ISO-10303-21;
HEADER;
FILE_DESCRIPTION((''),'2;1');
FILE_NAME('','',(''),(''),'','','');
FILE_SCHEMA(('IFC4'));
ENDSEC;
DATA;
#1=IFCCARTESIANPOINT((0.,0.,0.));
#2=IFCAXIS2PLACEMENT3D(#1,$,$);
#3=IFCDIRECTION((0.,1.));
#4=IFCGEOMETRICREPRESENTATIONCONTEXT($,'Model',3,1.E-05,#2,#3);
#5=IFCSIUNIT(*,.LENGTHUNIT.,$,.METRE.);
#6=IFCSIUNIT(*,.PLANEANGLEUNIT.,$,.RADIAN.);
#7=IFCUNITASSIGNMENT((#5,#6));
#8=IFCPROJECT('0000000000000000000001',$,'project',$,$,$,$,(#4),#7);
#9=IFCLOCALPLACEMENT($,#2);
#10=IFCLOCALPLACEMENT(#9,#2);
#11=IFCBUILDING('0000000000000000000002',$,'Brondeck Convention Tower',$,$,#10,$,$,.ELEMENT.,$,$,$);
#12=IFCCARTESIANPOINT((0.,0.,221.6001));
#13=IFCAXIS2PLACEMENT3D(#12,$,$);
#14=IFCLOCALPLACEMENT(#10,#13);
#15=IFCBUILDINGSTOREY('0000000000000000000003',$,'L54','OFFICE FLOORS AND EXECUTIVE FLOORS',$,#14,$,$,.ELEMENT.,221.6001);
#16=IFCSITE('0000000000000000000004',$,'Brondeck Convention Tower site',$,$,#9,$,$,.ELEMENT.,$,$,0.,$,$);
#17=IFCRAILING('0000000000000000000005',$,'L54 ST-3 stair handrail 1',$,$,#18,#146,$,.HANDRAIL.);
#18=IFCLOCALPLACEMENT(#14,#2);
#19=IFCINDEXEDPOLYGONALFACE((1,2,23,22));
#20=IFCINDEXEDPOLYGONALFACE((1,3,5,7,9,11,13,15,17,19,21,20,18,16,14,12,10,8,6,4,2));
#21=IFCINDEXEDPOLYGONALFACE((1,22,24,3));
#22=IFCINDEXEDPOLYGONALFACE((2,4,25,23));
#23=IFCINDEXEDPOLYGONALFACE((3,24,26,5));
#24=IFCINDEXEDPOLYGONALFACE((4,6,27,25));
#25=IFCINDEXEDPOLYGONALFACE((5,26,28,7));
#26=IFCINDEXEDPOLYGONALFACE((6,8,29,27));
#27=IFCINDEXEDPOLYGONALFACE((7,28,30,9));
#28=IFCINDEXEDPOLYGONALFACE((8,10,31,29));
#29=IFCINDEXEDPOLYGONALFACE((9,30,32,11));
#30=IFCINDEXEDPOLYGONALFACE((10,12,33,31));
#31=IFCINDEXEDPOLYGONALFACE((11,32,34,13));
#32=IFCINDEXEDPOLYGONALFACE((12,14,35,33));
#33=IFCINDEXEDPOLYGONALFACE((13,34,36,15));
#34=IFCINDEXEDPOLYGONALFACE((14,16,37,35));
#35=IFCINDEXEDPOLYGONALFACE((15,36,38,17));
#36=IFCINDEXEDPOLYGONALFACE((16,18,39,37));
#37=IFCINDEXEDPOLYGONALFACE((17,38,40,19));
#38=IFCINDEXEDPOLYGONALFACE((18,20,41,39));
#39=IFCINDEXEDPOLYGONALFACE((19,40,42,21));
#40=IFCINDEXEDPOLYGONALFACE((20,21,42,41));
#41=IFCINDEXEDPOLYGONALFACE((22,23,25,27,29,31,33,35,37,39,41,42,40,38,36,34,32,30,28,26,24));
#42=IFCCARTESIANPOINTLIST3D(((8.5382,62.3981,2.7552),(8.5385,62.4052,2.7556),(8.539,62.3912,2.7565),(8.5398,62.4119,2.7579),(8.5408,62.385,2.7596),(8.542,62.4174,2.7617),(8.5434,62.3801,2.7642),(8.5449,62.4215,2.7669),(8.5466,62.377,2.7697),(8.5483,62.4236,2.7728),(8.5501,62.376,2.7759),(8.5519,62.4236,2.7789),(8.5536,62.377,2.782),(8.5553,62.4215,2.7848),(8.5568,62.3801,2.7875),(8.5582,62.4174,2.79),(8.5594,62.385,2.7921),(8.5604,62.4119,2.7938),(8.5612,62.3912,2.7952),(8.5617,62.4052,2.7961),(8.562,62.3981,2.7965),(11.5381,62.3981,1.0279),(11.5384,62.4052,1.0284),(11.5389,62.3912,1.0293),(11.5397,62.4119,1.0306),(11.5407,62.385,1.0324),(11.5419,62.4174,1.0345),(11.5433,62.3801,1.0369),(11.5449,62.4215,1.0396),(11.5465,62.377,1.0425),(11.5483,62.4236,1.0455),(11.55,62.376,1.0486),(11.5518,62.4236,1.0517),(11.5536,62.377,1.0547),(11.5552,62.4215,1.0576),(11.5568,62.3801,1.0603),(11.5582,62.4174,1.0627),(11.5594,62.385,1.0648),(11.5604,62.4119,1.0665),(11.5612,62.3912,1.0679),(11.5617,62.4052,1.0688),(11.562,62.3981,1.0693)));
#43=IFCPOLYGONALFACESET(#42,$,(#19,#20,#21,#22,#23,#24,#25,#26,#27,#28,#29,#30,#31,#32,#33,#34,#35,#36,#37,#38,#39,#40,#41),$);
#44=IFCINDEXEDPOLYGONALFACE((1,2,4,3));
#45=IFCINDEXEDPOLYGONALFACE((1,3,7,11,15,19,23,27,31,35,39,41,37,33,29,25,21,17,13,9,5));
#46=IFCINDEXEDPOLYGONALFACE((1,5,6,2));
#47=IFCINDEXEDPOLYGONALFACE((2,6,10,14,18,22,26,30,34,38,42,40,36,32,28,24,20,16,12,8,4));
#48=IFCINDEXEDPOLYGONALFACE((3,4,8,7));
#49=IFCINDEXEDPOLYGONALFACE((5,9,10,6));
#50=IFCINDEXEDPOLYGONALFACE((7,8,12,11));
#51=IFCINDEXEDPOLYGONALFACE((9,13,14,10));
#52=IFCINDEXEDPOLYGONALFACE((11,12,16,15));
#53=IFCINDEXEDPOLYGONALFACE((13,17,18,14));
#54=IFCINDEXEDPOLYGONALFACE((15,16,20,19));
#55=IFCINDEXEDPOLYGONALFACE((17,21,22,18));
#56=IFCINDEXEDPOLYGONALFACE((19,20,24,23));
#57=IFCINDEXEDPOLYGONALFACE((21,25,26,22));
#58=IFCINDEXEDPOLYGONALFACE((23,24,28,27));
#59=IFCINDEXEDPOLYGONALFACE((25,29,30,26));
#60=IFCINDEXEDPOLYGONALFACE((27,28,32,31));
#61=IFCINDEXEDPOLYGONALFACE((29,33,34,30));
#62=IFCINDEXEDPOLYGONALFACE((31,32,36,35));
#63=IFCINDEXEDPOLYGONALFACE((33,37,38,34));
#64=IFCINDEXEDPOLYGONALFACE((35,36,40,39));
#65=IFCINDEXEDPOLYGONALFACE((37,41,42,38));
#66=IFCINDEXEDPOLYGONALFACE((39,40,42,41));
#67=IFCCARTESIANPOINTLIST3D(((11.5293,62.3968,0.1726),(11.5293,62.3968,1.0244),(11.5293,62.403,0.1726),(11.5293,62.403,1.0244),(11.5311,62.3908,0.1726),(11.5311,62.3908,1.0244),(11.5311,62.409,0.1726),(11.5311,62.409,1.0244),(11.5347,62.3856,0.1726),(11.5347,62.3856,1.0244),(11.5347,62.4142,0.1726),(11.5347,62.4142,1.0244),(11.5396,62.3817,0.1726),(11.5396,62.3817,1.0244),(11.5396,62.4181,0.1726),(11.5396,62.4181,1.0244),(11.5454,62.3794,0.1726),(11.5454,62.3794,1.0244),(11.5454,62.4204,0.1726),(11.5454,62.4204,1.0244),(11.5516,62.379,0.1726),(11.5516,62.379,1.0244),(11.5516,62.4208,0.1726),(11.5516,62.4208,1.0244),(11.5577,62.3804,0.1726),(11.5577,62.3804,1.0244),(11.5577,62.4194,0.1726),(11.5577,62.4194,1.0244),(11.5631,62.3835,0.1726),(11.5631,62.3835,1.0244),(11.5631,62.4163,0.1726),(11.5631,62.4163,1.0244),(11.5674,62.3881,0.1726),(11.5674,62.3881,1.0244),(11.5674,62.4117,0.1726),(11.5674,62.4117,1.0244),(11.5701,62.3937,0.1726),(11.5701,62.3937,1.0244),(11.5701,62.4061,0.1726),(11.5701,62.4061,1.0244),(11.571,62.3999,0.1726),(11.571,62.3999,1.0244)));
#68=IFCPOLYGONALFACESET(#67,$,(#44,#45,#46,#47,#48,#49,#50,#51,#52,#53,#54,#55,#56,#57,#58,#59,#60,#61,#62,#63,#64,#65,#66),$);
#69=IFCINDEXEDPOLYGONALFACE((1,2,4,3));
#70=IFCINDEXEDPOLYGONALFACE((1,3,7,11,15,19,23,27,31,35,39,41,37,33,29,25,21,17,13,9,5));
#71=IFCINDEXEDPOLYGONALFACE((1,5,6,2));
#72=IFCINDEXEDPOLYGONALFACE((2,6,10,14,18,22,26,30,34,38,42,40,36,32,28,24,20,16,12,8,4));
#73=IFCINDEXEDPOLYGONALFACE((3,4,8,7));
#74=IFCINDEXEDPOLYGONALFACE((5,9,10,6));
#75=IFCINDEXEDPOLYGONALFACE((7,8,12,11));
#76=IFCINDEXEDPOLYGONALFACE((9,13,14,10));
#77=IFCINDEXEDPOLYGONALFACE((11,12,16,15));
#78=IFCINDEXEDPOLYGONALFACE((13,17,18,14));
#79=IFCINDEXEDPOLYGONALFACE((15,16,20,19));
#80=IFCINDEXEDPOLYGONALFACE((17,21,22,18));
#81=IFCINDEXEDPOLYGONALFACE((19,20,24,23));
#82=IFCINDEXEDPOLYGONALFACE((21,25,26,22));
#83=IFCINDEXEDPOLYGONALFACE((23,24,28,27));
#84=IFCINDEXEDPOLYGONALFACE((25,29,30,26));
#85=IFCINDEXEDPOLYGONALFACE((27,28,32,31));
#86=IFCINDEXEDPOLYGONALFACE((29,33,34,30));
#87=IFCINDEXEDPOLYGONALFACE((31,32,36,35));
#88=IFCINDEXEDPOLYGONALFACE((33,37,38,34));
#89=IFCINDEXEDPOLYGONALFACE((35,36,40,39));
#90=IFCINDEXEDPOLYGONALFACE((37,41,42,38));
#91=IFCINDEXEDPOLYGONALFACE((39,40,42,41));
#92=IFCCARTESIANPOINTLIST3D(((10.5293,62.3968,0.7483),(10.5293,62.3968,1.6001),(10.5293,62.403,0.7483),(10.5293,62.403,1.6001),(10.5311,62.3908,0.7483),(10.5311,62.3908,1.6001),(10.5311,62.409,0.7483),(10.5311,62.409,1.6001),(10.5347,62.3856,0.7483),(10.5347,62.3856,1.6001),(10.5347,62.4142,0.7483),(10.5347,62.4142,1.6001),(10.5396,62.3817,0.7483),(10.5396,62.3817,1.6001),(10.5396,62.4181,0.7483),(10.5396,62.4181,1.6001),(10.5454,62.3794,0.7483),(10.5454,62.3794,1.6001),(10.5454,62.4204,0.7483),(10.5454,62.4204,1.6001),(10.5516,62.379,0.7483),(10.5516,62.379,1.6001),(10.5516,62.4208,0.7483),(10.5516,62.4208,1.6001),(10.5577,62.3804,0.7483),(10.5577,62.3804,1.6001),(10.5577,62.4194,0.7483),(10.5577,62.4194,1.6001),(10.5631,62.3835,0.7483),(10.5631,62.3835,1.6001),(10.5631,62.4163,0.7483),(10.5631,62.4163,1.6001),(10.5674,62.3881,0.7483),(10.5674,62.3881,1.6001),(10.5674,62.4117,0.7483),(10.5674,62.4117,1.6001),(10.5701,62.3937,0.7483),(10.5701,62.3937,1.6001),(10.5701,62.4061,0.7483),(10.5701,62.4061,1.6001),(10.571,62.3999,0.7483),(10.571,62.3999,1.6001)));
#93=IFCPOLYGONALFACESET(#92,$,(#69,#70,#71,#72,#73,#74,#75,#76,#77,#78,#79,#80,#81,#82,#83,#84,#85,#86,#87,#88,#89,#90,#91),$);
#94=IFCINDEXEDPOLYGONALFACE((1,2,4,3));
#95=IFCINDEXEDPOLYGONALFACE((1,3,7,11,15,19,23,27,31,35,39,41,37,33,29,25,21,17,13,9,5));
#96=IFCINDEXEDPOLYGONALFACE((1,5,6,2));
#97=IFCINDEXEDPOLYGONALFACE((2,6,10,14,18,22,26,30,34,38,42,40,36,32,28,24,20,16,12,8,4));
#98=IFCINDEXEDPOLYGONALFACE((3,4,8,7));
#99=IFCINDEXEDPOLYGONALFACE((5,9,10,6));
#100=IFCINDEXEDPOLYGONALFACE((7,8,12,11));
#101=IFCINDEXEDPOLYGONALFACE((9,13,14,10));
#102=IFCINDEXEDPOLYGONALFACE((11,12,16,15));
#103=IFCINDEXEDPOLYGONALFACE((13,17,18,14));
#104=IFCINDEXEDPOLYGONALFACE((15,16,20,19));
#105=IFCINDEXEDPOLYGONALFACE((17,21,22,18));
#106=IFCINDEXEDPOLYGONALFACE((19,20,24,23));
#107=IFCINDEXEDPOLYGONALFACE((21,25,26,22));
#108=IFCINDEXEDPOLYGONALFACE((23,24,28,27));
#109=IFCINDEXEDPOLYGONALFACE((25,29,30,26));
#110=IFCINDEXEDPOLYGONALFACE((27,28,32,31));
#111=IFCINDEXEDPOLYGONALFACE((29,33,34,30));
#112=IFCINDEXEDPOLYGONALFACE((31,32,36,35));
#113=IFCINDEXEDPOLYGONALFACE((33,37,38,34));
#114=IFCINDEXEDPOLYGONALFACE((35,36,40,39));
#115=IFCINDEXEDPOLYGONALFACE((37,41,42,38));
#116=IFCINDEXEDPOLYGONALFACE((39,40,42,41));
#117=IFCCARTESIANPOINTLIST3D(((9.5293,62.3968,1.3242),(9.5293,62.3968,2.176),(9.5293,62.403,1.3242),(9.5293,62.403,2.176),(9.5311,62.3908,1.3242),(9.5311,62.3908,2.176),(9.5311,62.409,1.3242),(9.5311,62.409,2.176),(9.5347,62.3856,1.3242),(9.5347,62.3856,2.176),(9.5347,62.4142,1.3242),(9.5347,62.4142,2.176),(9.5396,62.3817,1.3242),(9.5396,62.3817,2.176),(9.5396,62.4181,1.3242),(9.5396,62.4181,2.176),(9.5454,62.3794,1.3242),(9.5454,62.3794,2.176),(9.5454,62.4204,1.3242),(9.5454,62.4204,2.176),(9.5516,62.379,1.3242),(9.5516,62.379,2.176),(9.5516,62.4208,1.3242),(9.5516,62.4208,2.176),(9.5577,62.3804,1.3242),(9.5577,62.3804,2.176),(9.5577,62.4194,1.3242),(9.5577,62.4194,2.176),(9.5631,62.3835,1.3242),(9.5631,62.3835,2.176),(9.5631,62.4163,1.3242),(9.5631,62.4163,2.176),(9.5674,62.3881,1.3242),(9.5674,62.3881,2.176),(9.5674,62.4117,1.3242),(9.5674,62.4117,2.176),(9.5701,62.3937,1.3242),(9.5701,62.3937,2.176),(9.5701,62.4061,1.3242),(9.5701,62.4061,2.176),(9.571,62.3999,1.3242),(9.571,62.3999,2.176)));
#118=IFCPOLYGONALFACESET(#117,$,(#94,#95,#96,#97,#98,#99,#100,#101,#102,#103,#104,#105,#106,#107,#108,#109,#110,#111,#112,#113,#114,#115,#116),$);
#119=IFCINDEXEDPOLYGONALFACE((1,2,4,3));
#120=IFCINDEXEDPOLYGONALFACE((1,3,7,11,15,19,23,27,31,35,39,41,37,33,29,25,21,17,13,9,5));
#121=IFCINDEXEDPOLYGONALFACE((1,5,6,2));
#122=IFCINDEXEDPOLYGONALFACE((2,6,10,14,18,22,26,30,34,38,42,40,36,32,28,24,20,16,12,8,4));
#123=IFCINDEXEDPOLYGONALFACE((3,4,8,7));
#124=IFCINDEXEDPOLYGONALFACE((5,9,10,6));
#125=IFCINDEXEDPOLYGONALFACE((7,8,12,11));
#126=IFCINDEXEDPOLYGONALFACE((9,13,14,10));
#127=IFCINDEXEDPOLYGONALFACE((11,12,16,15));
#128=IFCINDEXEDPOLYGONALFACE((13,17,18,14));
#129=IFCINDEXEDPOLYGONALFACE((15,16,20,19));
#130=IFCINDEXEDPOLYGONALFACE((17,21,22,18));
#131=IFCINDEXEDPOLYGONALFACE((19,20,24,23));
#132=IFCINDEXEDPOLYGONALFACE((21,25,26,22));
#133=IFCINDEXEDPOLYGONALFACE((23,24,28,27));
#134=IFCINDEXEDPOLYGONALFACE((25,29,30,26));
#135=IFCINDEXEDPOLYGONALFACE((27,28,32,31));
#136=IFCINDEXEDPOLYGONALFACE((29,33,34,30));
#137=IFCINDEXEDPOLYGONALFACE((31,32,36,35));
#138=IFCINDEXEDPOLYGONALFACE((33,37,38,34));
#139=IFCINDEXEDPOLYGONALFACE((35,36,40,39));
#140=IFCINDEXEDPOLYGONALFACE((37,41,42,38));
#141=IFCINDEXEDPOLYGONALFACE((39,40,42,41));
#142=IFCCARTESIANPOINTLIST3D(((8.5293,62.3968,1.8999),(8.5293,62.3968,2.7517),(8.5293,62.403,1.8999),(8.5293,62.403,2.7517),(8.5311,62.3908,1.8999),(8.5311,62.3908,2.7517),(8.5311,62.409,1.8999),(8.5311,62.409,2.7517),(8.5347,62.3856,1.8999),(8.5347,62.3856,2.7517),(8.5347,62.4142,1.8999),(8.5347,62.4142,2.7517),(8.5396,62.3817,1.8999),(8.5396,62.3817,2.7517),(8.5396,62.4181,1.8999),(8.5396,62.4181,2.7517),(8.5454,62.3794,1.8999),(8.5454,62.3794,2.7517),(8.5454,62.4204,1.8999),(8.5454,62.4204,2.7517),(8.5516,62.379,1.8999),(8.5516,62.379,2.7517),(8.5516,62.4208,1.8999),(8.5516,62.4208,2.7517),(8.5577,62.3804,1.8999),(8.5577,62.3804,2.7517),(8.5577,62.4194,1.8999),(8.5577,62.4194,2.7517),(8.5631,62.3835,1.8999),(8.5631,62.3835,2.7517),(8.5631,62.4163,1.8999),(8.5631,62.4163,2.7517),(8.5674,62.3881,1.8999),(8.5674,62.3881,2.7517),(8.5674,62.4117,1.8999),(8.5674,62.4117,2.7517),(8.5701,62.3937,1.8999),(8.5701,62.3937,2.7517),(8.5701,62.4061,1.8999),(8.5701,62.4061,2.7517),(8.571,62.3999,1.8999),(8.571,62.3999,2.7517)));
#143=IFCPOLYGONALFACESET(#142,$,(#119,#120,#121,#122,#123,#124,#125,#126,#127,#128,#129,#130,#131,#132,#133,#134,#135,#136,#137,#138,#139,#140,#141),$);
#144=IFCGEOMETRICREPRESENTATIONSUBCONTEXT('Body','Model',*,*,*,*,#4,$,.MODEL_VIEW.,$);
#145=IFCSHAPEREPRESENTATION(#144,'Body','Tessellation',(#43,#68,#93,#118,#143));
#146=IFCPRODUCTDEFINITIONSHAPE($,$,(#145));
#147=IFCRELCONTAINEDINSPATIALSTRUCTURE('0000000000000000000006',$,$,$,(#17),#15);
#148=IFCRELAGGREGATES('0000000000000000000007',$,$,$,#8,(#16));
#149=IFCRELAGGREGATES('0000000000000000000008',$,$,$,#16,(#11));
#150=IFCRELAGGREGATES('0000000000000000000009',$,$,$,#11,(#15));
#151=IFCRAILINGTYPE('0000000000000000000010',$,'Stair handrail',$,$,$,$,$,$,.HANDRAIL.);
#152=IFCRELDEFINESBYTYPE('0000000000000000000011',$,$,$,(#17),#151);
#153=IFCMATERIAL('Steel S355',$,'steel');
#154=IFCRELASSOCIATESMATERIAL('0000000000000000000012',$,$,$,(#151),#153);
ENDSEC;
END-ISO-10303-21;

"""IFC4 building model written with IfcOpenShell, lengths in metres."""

from ifc_helpers import new_model, si_unit, direction, frame, origin, origin_2d, place, context, subcontext, project, spatial, circle, extrude, material, type_object, element, save


model = new_model("IFC4")

# Units and contexts
model_context = context("Model", 3, precision=1e-05, world=origin(), true_north=direction((0.0, 1.0)))
body_context = subcontext(model_context, "Body", "Model", "MODEL_VIEW")
ifc_project = project(units=[si_unit("LENGTHUNIT", "METRE"), si_unit("PLANEANGLEUNIT", "RADIAN")], contexts=[model_context])

# Site, building, storey
site_placement = place(None, origin())
site = spatial("IfcSite", under=ifc_project, at=site_placement, Name="Brondeck Convention Tower site", CompositionType="ELEMENT", RefElevation=0.0)
building_placement = place(site_placement, origin())
building = spatial("IfcBuilding", under=site, at=building_placement, Name="Brondeck Convention Tower", CompositionType="ELEMENT")
storey_placement = place(building_placement, frame((0.0, 0.0, 221.6001)))
storey = spatial("IfcBuildingStorey", under=building, at=storey_placement, Name="L54", Description="OFFICE FLOORS AND EXECUTIVE FLOORS", CompositionType="ELEMENT", Elevation=221.6001)

# Railing
ifc_material_1 = material(Name="Steel S355", Category="steel")
railing_type_1 = type_object("IfcRailingType", Name="Stair handrail", PredefinedType="HANDRAIL", material=ifc_material_1)
railing_1_placement = place(storey_placement, frame((11.55, 62.3999, 0.1726)))
element("IfcRailing", 1, at=railing_1_placement, inside=storey, type_object=railing_type_1, Name="L54 ST-3 stair handrail 1", PredefinedType="HANDRAIL", context=body_context, shape_type="SweptSolid", body=[
    extrude(circle(Radius=0.0239, at=origin_2d()), frame((0.0, 0.0, 0.876), z_axis=(-0.86662, 0.0, 0.498969), x_axis=(0.0, -1.0, 0.0)), (0.0, 0.0, 1.0), 3.4617),
    extrude(circle(Radius=0.021, at=origin_2d()), origin(), (0.0, 0.0, 1.0), 0.8518),
    extrude(circle(Radius=0.021, at=origin_2d()), frame((-1.0, 0.0, 0.5757)), (0.0, 0.0, 1.0), 0.8518),
    extrude(circle(Radius=0.021, at=origin_2d()), frame((-2.0, 0.0, 1.1516)), (0.0, 0.0, 1.0), 0.8518),
    extrude(circle(Radius=0.021, at=origin_2d()), frame((-3.0, 0.0, 1.7273)), (0.0, 0.0, 1.0), 0.8518),
])

save(model, "model.ifc")
